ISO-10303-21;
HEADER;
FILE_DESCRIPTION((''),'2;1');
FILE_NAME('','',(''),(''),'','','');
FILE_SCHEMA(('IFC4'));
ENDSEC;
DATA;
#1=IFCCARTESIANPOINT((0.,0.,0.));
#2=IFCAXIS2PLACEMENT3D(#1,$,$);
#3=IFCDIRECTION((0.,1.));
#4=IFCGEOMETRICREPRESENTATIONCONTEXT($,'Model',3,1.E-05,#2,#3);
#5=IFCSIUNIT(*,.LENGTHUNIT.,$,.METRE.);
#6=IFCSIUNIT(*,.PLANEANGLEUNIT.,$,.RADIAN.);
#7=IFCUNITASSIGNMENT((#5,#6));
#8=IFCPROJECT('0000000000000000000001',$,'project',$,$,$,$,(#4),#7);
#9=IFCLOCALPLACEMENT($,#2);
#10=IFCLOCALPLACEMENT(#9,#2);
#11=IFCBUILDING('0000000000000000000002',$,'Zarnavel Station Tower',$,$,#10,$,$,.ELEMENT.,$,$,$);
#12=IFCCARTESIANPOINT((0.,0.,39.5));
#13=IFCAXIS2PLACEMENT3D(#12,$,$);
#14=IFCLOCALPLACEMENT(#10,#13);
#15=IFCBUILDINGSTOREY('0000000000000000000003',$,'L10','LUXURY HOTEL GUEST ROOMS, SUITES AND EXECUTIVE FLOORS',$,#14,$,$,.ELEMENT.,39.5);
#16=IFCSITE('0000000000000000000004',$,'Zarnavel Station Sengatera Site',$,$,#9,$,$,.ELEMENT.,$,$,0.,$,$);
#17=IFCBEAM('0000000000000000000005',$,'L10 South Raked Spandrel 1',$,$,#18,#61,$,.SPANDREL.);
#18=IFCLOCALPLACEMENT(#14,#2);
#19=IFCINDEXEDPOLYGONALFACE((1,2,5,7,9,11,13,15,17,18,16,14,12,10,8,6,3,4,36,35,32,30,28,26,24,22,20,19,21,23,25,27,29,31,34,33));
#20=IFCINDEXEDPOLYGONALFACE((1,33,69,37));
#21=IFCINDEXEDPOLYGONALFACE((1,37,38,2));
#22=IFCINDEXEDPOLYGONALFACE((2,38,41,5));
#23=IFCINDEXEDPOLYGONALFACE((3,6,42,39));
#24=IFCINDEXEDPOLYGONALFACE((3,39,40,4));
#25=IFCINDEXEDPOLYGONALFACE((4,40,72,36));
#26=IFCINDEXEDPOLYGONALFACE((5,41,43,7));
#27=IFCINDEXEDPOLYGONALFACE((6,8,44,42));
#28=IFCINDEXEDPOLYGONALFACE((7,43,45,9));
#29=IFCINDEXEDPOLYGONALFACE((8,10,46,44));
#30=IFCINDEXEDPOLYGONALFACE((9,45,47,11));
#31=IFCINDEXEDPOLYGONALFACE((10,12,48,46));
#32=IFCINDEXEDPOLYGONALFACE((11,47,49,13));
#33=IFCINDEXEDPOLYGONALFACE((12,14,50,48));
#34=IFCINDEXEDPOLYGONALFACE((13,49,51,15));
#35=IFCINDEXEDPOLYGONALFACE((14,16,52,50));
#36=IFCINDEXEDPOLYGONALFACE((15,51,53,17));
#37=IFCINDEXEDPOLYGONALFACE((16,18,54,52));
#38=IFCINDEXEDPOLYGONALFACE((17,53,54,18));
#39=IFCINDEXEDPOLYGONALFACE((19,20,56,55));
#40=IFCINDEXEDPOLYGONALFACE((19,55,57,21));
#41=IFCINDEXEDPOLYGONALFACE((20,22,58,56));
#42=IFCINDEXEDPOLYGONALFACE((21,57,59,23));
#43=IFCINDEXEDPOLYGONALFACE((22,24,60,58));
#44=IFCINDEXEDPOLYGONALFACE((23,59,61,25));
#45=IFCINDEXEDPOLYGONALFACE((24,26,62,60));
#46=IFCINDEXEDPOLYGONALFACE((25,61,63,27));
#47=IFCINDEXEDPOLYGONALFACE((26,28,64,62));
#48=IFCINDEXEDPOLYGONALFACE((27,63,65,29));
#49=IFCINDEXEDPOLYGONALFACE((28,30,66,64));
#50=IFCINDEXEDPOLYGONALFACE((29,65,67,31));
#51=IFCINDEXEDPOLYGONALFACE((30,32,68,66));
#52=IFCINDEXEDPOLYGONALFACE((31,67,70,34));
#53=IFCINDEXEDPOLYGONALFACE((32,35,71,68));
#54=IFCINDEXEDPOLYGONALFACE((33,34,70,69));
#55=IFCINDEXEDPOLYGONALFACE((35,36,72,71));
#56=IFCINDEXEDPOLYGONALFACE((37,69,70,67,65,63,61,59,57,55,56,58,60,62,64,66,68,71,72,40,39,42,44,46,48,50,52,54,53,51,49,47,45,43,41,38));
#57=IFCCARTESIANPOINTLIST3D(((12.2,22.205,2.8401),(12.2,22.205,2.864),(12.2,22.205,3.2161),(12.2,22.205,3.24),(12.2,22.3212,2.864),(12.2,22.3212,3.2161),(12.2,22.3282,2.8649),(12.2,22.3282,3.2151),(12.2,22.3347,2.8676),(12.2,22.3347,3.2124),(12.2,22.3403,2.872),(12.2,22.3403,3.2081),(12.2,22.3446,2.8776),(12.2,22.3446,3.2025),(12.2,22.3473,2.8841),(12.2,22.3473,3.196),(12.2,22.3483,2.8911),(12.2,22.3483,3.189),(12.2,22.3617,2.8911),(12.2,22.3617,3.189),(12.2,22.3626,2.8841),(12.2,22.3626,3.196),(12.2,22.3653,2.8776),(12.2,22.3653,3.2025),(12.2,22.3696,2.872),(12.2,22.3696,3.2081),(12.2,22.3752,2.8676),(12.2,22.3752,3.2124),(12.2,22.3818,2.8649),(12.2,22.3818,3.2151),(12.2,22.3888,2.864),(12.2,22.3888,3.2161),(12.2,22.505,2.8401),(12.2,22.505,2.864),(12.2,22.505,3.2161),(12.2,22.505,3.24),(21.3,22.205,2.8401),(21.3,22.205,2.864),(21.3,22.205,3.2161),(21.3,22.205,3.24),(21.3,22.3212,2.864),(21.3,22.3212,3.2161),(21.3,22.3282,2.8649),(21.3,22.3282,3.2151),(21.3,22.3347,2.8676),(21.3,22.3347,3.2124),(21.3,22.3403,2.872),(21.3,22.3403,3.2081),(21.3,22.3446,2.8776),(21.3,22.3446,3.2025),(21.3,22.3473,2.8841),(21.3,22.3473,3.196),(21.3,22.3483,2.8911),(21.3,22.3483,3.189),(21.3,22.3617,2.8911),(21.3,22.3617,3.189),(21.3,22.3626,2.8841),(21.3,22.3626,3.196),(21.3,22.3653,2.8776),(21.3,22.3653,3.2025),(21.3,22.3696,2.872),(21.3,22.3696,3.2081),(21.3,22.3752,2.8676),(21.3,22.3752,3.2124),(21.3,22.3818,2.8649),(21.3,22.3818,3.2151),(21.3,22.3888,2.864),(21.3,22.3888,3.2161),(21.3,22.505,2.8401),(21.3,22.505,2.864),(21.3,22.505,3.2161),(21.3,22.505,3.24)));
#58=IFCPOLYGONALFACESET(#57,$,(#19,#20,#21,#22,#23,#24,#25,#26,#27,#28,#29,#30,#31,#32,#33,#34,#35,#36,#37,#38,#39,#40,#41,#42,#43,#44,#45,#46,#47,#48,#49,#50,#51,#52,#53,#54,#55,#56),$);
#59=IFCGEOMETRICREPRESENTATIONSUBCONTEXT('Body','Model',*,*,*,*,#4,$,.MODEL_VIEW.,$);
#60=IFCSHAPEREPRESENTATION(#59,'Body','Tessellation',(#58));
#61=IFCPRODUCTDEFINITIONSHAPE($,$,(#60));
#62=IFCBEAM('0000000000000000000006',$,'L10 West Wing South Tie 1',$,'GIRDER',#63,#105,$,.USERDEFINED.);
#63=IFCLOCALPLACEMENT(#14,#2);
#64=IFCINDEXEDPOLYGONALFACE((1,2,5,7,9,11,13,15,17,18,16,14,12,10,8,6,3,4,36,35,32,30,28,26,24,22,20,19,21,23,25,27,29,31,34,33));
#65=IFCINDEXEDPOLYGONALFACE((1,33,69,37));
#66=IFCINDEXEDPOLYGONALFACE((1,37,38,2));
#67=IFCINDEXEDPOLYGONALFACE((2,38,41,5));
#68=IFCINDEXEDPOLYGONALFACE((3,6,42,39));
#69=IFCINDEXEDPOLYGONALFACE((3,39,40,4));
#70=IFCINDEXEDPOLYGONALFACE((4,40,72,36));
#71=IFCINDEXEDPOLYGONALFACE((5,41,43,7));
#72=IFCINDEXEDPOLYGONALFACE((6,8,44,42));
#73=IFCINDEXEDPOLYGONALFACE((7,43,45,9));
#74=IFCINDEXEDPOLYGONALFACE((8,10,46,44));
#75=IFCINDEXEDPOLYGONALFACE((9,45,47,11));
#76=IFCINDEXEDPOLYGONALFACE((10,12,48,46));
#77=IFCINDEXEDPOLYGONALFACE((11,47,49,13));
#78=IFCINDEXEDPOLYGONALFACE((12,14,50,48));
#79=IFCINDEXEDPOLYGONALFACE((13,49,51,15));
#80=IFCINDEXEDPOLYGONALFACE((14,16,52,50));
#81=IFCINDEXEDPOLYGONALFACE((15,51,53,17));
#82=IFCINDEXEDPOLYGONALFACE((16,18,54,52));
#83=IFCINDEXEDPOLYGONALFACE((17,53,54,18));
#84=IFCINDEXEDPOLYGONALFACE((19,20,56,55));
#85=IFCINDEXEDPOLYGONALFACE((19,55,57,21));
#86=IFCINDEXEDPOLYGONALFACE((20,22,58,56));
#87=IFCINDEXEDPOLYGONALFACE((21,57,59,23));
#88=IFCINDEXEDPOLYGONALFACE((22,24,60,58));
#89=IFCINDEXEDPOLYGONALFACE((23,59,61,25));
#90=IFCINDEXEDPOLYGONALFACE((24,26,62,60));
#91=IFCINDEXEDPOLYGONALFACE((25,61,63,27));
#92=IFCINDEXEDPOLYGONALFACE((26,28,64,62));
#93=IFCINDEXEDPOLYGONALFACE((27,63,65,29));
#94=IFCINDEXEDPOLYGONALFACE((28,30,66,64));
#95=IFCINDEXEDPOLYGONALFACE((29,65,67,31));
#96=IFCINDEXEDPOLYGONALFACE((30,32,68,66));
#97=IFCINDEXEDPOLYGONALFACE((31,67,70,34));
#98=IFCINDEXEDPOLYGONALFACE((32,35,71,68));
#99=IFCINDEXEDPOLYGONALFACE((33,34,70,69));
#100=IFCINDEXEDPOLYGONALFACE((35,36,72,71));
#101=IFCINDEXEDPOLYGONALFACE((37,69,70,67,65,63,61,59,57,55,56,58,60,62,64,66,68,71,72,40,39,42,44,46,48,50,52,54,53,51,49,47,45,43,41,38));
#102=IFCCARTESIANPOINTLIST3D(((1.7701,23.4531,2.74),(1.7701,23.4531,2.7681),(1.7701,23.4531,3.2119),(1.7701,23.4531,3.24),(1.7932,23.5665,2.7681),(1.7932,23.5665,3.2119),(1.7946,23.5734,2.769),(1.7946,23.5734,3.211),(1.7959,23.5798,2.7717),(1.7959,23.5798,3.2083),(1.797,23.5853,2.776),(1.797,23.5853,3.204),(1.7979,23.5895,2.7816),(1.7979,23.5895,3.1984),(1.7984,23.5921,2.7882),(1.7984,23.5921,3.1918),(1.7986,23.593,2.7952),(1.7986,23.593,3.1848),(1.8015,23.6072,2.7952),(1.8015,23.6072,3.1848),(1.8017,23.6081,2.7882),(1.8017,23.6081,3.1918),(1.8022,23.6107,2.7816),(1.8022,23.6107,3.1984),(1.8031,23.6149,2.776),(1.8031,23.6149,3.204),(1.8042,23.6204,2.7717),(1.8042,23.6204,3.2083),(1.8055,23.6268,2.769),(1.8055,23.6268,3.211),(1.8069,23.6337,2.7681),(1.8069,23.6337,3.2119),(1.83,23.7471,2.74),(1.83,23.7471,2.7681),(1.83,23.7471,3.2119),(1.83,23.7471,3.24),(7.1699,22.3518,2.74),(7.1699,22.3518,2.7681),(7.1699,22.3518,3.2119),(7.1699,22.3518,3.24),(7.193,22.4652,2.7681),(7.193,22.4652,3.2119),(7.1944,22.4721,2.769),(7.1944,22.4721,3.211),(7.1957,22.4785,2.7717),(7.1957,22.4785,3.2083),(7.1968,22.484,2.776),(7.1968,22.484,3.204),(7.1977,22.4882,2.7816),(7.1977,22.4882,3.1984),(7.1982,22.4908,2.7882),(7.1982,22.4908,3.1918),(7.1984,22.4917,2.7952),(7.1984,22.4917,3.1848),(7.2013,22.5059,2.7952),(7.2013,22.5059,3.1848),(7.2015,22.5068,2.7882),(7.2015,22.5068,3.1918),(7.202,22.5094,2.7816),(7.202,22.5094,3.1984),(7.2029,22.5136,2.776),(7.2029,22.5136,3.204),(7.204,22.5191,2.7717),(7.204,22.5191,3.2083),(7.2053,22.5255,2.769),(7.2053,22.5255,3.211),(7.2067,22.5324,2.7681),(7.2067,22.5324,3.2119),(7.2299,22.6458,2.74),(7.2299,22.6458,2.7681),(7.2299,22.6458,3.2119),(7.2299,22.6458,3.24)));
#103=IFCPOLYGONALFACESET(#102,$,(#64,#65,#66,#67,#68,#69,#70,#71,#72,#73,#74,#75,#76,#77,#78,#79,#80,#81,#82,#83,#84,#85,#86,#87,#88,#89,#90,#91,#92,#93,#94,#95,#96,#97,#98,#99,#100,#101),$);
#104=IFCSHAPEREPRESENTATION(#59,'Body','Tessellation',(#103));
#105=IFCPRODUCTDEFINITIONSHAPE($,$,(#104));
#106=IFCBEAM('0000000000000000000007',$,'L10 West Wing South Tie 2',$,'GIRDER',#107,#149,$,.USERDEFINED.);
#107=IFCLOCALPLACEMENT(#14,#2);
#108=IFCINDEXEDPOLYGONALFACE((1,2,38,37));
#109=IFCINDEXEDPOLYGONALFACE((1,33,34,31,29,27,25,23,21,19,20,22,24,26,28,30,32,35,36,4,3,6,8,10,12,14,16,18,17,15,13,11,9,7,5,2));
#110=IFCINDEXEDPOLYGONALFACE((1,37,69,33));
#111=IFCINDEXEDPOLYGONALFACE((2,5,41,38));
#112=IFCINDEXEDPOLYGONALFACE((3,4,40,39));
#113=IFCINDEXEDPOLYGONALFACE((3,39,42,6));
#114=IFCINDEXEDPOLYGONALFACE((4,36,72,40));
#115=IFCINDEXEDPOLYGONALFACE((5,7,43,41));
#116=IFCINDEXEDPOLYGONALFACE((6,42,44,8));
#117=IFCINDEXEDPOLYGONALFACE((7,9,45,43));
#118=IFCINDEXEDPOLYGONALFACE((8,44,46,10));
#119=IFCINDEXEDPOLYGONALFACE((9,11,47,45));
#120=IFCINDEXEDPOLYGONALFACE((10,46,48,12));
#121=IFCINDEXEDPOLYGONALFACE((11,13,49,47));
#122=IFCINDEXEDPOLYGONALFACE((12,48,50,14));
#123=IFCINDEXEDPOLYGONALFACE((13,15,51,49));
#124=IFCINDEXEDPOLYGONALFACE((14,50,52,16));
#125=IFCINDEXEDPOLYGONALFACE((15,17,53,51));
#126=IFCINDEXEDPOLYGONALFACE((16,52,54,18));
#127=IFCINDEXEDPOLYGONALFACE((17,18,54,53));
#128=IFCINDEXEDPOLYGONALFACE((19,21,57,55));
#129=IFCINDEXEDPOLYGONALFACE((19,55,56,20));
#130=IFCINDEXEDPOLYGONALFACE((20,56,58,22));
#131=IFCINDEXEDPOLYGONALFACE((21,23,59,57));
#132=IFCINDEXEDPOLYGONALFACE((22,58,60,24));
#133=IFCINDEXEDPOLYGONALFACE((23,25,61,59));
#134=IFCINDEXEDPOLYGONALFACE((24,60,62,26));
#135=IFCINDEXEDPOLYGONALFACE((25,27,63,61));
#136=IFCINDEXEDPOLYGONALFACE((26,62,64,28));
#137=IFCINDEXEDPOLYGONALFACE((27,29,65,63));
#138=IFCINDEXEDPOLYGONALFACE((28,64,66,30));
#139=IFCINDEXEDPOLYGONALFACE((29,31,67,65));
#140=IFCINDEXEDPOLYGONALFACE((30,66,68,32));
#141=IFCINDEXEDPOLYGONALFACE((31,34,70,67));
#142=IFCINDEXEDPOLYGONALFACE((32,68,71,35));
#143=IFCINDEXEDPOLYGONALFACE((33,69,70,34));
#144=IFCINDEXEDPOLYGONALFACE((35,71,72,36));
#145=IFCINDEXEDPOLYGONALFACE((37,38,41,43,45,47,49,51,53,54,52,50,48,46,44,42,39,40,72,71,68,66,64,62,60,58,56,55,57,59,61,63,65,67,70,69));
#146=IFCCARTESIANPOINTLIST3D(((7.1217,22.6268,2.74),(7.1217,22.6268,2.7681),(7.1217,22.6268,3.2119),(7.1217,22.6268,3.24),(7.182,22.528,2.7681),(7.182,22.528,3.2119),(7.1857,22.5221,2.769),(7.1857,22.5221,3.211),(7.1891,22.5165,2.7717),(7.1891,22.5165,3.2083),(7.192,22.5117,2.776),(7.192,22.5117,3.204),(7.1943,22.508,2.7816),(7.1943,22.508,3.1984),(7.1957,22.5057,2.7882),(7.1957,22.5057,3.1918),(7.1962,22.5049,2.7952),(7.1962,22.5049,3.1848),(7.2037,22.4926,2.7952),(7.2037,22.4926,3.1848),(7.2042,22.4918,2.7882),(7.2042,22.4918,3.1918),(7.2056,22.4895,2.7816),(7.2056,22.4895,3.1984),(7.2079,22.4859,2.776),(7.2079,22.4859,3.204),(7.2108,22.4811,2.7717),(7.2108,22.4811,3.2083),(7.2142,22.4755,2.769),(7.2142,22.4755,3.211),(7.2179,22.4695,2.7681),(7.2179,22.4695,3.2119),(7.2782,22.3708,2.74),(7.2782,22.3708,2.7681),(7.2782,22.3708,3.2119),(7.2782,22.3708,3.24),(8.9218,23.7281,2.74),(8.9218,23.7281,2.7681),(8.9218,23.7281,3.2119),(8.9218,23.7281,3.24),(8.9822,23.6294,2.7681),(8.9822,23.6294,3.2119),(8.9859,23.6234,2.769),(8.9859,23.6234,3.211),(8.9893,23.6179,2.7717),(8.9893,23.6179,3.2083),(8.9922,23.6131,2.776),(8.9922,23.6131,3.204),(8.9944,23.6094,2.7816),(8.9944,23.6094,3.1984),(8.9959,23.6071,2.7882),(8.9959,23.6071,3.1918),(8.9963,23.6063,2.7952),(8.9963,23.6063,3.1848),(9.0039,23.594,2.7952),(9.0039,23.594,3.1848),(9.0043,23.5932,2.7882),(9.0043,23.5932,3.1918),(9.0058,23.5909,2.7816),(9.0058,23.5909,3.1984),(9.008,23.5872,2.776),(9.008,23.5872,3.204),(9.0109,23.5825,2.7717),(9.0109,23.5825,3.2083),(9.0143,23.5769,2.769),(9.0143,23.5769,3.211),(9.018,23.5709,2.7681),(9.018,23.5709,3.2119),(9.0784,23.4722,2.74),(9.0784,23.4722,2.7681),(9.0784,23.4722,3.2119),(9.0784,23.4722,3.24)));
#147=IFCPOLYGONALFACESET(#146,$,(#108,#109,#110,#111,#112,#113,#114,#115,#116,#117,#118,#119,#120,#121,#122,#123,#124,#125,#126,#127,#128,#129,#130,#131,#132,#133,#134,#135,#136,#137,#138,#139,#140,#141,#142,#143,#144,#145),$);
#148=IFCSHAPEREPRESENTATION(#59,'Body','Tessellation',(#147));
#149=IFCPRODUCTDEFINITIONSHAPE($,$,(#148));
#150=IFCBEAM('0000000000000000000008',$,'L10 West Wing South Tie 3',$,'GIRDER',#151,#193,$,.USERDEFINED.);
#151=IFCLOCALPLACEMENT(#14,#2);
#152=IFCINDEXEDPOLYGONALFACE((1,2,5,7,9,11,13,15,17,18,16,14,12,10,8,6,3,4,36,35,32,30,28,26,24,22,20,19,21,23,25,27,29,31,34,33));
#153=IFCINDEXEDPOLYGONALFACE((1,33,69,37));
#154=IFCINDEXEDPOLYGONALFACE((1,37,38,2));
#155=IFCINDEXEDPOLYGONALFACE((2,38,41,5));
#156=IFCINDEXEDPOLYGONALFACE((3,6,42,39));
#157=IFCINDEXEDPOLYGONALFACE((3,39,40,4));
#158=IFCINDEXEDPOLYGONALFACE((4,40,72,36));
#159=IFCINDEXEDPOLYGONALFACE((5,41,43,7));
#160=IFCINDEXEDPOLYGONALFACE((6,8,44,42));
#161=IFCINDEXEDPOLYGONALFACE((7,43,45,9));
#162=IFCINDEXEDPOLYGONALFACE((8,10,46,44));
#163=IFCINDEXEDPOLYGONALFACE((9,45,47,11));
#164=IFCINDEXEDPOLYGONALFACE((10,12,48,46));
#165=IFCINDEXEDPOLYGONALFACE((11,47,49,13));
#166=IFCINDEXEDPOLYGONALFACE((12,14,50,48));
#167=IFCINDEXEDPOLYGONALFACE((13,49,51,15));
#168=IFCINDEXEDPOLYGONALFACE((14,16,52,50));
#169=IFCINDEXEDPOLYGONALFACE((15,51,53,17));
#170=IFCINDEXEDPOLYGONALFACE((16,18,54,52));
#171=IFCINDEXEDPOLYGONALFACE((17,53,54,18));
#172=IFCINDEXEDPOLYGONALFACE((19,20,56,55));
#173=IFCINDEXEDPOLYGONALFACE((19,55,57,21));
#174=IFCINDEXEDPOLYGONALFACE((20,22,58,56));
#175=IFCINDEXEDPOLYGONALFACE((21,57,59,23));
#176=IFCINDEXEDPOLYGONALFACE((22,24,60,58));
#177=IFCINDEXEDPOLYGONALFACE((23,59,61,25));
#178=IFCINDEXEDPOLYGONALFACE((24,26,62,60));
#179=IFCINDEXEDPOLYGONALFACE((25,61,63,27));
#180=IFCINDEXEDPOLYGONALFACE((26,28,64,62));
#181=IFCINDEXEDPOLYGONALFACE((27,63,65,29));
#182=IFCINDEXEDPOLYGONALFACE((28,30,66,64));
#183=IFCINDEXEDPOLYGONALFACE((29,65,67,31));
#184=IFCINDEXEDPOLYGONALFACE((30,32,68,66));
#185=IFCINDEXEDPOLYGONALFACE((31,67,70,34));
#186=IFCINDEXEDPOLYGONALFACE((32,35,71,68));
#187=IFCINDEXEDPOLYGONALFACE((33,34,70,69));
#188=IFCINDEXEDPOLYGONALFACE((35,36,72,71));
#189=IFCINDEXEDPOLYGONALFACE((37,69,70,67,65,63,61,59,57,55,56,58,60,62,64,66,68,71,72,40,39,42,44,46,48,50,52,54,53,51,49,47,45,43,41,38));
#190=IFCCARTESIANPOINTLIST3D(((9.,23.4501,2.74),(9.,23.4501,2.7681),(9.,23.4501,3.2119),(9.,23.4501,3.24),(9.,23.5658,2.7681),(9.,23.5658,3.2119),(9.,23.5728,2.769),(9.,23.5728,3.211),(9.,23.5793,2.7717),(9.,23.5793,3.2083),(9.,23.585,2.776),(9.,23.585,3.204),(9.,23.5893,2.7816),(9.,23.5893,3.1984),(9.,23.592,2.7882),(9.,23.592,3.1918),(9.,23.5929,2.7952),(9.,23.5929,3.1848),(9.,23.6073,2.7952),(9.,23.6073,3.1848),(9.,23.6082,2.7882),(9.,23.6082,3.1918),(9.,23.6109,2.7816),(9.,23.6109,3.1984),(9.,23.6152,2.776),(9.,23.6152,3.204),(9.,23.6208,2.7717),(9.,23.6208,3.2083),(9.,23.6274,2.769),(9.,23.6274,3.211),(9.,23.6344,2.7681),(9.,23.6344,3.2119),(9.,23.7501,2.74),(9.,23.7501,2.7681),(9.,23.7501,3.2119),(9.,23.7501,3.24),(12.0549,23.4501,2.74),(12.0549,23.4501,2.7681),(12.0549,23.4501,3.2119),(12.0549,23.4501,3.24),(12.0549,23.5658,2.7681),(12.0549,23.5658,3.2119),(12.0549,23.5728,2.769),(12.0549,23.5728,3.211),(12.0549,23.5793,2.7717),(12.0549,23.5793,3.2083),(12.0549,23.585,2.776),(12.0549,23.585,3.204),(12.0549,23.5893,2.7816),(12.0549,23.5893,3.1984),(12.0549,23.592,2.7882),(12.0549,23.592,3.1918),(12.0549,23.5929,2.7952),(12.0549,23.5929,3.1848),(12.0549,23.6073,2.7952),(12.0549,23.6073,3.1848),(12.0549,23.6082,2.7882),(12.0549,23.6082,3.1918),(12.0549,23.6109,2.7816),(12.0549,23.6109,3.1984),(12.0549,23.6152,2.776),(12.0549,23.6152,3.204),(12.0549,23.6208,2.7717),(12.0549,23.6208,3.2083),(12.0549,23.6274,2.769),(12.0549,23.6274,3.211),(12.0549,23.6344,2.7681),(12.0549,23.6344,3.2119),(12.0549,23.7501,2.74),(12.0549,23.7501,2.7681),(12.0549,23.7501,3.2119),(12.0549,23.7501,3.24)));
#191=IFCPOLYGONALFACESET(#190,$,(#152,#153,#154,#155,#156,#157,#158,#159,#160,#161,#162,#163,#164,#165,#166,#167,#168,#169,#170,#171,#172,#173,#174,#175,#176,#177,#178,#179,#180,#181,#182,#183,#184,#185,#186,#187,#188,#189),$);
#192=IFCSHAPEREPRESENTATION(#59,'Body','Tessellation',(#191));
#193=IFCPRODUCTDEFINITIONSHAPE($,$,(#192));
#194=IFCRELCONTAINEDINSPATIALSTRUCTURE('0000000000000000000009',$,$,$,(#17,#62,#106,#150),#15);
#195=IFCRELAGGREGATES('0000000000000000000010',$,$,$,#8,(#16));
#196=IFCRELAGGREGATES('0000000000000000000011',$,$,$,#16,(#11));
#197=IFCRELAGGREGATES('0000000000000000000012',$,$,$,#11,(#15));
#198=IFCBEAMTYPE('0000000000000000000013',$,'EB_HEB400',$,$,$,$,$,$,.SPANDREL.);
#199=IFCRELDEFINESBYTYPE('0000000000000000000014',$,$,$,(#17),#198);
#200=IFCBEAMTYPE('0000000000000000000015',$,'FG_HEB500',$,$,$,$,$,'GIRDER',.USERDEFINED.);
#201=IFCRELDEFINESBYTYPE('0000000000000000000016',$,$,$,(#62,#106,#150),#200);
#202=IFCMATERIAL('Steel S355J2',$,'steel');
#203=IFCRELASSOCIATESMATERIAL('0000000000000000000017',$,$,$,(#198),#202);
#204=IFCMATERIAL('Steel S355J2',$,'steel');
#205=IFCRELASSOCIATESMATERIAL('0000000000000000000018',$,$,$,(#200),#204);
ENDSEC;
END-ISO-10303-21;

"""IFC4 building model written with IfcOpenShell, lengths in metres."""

from ifc_helpers import new_model, si_unit, direction, frame, origin, origin_2d, place, context, subcontext, project, spatial, i_section, extrude, material, material_profile, profile_set, type_object, element, save


model = new_model("IFC4")

# Units and contexts
model_context = context("Model", 3, precision=1e-05, world=origin(), true_north=direction((0.0, 1.0)))
body_context = subcontext(model_context, "Body", "Model", "MODEL_VIEW")
ifc_project = project(units=[si_unit("LENGTHUNIT", "METRE"), si_unit("PLANEANGLEUNIT", "RADIAN")], contexts=[model_context])

# Site, building, storey
site_placement = place(None, origin())
site = spatial("IfcSite", under=ifc_project, at=site_placement, Name="Zarnavel Station Sengatera Site", CompositionType="ELEMENT", RefElevation=0.0)
building_placement = place(site_placement, origin())
building = spatial("IfcBuilding", under=site, at=building_placement, Name="Zarnavel Station Tower", CompositionType="ELEMENT")
storey_placement = place(building_placement, frame((0.0, 0.0, 39.5)))
storey = spatial("IfcBuildingStorey", under=building, at=storey_placement, Name="L10", Description="LUXURY HOTEL GUEST ROOMS, SUITES AND EXECUTIVE FLOORS", CompositionType="ELEMENT", Elevation=39.5)

# Beams
ifc_material_1 = material(Name="Steel S355J2", Category="steel")
ifc_material_profile_1 = material_profile(ifc_material_1, i_section(OverallWidth=0.3, OverallDepth=0.3999, WebThickness=0.0134, FlangeThickness=0.0239, FilletRadius=0.0271, at=origin_2d()), Name="HEB400")
ifc_profile_set_1 = profile_set([ifc_material_profile_1], Name="Steel S355J2")
beam_type_1 = type_object("IfcBeamType", Name="EB_HEB400", PredefinedType="SPANDREL", material=ifc_profile_set_1)
beam_1_placement = place(storey_placement, frame((12.2, 22.355, 3.04), z_axis=(1.0, 0.0, 0.0), x_axis=(0.0, 1.0, 0.0)))
element("IfcBeam", 1, at=beam_1_placement, inside=storey, type_object=beam_type_1, Name="L10 South Raked Spandrel 1", PredefinedType="SPANDREL", context=body_context, shape_type="SweptSolid", body=[
    extrude(i_section(OverallWidth=0.3, OverallDepth=0.3999, WebThickness=0.0134, FlangeThickness=0.0239, FilletRadius=0.0271, at=origin_2d()), origin(), (0.0, 0.0, 1.0), 9.1001),
])
ifc_material_2 = material(Name="Steel S355J2", Category="steel")
ifc_material_profile_2 = material_profile(ifc_material_2, i_section(OverallWidth=0.3, OverallDepth=0.5, WebThickness=0.0144, FlangeThickness=0.0281, FilletRadius=0.0271, at=origin_2d()), Name="HEB500")
ifc_profile_set_2 = profile_set([ifc_material_profile_2], Name="Steel S355J2")
beam_type_2 = type_object("IfcBeamType", Name="FG_HEB500", ElementType="GIRDER", PredefinedType="USERDEFINED", material=ifc_profile_set_2)
beam_2_placement = place(storey_placement, frame((1.8, 23.6001, 2.99), z_axis=(0.979829, -0.199838, 0.0), x_axis=(0.199838, 0.979829, 0.0)))
element("IfcBeam", 2, at=beam_2_placement, inside=storey, type_object=beam_type_2, Name="L10 West Wing South Tie 1", ObjectType="GIRDER", PredefinedType="USERDEFINED", context=body_context, shape_type="SweptSolid", body=[
    extrude(i_section(OverallWidth=0.3, OverallDepth=0.5, WebThickness=0.0144, FlangeThickness=0.0281, FilletRadius=0.0271, at=origin_2d()), origin(), (0.0, 0.0, 1.0), 5.511),
])
beam_3_placement = place(storey_placement, frame((7.2, 22.4988, 2.99), z_axis=(0.85301, 0.521895, 0.0), x_axis=(-0.521895, 0.85301, 0.0)))
element("IfcBeam", 3, at=beam_3_placement, inside=storey, type_object=beam_type_2, Name="L10 West Wing South Tie 2", ObjectType="GIRDER", PredefinedType="USERDEFINED", context=body_context, shape_type="SweptSolid", body=[
    extrude(i_section(OverallWidth=0.3, OverallDepth=0.5, WebThickness=0.0144, FlangeThickness=0.0281, FilletRadius=0.0271, at=origin_2d()), origin(), (0.0, 0.0, 1.0), 2.1104),
])
beam_4_placement = place(storey_placement, frame((9.0, 23.6001, 2.99), z_axis=(1.0, 0.0, 0.0), x_axis=(0.0, 1.0, 0.0)))
element("IfcBeam", 4, at=beam_4_placement, inside=storey, type_object=beam_type_2, Name="L10 West Wing South Tie 3", ObjectType="GIRDER", PredefinedType="USERDEFINED", context=body_context, shape_type="SweptSolid", body=[
    extrude(i_section(OverallWidth=0.3, OverallDepth=0.5, WebThickness=0.0144, FlangeThickness=0.0281, FilletRadius=0.0271, at=origin_2d()), origin(), (0.0, 0.0, 1.0), 3.0549),
])

save(model, "model.ifc")
